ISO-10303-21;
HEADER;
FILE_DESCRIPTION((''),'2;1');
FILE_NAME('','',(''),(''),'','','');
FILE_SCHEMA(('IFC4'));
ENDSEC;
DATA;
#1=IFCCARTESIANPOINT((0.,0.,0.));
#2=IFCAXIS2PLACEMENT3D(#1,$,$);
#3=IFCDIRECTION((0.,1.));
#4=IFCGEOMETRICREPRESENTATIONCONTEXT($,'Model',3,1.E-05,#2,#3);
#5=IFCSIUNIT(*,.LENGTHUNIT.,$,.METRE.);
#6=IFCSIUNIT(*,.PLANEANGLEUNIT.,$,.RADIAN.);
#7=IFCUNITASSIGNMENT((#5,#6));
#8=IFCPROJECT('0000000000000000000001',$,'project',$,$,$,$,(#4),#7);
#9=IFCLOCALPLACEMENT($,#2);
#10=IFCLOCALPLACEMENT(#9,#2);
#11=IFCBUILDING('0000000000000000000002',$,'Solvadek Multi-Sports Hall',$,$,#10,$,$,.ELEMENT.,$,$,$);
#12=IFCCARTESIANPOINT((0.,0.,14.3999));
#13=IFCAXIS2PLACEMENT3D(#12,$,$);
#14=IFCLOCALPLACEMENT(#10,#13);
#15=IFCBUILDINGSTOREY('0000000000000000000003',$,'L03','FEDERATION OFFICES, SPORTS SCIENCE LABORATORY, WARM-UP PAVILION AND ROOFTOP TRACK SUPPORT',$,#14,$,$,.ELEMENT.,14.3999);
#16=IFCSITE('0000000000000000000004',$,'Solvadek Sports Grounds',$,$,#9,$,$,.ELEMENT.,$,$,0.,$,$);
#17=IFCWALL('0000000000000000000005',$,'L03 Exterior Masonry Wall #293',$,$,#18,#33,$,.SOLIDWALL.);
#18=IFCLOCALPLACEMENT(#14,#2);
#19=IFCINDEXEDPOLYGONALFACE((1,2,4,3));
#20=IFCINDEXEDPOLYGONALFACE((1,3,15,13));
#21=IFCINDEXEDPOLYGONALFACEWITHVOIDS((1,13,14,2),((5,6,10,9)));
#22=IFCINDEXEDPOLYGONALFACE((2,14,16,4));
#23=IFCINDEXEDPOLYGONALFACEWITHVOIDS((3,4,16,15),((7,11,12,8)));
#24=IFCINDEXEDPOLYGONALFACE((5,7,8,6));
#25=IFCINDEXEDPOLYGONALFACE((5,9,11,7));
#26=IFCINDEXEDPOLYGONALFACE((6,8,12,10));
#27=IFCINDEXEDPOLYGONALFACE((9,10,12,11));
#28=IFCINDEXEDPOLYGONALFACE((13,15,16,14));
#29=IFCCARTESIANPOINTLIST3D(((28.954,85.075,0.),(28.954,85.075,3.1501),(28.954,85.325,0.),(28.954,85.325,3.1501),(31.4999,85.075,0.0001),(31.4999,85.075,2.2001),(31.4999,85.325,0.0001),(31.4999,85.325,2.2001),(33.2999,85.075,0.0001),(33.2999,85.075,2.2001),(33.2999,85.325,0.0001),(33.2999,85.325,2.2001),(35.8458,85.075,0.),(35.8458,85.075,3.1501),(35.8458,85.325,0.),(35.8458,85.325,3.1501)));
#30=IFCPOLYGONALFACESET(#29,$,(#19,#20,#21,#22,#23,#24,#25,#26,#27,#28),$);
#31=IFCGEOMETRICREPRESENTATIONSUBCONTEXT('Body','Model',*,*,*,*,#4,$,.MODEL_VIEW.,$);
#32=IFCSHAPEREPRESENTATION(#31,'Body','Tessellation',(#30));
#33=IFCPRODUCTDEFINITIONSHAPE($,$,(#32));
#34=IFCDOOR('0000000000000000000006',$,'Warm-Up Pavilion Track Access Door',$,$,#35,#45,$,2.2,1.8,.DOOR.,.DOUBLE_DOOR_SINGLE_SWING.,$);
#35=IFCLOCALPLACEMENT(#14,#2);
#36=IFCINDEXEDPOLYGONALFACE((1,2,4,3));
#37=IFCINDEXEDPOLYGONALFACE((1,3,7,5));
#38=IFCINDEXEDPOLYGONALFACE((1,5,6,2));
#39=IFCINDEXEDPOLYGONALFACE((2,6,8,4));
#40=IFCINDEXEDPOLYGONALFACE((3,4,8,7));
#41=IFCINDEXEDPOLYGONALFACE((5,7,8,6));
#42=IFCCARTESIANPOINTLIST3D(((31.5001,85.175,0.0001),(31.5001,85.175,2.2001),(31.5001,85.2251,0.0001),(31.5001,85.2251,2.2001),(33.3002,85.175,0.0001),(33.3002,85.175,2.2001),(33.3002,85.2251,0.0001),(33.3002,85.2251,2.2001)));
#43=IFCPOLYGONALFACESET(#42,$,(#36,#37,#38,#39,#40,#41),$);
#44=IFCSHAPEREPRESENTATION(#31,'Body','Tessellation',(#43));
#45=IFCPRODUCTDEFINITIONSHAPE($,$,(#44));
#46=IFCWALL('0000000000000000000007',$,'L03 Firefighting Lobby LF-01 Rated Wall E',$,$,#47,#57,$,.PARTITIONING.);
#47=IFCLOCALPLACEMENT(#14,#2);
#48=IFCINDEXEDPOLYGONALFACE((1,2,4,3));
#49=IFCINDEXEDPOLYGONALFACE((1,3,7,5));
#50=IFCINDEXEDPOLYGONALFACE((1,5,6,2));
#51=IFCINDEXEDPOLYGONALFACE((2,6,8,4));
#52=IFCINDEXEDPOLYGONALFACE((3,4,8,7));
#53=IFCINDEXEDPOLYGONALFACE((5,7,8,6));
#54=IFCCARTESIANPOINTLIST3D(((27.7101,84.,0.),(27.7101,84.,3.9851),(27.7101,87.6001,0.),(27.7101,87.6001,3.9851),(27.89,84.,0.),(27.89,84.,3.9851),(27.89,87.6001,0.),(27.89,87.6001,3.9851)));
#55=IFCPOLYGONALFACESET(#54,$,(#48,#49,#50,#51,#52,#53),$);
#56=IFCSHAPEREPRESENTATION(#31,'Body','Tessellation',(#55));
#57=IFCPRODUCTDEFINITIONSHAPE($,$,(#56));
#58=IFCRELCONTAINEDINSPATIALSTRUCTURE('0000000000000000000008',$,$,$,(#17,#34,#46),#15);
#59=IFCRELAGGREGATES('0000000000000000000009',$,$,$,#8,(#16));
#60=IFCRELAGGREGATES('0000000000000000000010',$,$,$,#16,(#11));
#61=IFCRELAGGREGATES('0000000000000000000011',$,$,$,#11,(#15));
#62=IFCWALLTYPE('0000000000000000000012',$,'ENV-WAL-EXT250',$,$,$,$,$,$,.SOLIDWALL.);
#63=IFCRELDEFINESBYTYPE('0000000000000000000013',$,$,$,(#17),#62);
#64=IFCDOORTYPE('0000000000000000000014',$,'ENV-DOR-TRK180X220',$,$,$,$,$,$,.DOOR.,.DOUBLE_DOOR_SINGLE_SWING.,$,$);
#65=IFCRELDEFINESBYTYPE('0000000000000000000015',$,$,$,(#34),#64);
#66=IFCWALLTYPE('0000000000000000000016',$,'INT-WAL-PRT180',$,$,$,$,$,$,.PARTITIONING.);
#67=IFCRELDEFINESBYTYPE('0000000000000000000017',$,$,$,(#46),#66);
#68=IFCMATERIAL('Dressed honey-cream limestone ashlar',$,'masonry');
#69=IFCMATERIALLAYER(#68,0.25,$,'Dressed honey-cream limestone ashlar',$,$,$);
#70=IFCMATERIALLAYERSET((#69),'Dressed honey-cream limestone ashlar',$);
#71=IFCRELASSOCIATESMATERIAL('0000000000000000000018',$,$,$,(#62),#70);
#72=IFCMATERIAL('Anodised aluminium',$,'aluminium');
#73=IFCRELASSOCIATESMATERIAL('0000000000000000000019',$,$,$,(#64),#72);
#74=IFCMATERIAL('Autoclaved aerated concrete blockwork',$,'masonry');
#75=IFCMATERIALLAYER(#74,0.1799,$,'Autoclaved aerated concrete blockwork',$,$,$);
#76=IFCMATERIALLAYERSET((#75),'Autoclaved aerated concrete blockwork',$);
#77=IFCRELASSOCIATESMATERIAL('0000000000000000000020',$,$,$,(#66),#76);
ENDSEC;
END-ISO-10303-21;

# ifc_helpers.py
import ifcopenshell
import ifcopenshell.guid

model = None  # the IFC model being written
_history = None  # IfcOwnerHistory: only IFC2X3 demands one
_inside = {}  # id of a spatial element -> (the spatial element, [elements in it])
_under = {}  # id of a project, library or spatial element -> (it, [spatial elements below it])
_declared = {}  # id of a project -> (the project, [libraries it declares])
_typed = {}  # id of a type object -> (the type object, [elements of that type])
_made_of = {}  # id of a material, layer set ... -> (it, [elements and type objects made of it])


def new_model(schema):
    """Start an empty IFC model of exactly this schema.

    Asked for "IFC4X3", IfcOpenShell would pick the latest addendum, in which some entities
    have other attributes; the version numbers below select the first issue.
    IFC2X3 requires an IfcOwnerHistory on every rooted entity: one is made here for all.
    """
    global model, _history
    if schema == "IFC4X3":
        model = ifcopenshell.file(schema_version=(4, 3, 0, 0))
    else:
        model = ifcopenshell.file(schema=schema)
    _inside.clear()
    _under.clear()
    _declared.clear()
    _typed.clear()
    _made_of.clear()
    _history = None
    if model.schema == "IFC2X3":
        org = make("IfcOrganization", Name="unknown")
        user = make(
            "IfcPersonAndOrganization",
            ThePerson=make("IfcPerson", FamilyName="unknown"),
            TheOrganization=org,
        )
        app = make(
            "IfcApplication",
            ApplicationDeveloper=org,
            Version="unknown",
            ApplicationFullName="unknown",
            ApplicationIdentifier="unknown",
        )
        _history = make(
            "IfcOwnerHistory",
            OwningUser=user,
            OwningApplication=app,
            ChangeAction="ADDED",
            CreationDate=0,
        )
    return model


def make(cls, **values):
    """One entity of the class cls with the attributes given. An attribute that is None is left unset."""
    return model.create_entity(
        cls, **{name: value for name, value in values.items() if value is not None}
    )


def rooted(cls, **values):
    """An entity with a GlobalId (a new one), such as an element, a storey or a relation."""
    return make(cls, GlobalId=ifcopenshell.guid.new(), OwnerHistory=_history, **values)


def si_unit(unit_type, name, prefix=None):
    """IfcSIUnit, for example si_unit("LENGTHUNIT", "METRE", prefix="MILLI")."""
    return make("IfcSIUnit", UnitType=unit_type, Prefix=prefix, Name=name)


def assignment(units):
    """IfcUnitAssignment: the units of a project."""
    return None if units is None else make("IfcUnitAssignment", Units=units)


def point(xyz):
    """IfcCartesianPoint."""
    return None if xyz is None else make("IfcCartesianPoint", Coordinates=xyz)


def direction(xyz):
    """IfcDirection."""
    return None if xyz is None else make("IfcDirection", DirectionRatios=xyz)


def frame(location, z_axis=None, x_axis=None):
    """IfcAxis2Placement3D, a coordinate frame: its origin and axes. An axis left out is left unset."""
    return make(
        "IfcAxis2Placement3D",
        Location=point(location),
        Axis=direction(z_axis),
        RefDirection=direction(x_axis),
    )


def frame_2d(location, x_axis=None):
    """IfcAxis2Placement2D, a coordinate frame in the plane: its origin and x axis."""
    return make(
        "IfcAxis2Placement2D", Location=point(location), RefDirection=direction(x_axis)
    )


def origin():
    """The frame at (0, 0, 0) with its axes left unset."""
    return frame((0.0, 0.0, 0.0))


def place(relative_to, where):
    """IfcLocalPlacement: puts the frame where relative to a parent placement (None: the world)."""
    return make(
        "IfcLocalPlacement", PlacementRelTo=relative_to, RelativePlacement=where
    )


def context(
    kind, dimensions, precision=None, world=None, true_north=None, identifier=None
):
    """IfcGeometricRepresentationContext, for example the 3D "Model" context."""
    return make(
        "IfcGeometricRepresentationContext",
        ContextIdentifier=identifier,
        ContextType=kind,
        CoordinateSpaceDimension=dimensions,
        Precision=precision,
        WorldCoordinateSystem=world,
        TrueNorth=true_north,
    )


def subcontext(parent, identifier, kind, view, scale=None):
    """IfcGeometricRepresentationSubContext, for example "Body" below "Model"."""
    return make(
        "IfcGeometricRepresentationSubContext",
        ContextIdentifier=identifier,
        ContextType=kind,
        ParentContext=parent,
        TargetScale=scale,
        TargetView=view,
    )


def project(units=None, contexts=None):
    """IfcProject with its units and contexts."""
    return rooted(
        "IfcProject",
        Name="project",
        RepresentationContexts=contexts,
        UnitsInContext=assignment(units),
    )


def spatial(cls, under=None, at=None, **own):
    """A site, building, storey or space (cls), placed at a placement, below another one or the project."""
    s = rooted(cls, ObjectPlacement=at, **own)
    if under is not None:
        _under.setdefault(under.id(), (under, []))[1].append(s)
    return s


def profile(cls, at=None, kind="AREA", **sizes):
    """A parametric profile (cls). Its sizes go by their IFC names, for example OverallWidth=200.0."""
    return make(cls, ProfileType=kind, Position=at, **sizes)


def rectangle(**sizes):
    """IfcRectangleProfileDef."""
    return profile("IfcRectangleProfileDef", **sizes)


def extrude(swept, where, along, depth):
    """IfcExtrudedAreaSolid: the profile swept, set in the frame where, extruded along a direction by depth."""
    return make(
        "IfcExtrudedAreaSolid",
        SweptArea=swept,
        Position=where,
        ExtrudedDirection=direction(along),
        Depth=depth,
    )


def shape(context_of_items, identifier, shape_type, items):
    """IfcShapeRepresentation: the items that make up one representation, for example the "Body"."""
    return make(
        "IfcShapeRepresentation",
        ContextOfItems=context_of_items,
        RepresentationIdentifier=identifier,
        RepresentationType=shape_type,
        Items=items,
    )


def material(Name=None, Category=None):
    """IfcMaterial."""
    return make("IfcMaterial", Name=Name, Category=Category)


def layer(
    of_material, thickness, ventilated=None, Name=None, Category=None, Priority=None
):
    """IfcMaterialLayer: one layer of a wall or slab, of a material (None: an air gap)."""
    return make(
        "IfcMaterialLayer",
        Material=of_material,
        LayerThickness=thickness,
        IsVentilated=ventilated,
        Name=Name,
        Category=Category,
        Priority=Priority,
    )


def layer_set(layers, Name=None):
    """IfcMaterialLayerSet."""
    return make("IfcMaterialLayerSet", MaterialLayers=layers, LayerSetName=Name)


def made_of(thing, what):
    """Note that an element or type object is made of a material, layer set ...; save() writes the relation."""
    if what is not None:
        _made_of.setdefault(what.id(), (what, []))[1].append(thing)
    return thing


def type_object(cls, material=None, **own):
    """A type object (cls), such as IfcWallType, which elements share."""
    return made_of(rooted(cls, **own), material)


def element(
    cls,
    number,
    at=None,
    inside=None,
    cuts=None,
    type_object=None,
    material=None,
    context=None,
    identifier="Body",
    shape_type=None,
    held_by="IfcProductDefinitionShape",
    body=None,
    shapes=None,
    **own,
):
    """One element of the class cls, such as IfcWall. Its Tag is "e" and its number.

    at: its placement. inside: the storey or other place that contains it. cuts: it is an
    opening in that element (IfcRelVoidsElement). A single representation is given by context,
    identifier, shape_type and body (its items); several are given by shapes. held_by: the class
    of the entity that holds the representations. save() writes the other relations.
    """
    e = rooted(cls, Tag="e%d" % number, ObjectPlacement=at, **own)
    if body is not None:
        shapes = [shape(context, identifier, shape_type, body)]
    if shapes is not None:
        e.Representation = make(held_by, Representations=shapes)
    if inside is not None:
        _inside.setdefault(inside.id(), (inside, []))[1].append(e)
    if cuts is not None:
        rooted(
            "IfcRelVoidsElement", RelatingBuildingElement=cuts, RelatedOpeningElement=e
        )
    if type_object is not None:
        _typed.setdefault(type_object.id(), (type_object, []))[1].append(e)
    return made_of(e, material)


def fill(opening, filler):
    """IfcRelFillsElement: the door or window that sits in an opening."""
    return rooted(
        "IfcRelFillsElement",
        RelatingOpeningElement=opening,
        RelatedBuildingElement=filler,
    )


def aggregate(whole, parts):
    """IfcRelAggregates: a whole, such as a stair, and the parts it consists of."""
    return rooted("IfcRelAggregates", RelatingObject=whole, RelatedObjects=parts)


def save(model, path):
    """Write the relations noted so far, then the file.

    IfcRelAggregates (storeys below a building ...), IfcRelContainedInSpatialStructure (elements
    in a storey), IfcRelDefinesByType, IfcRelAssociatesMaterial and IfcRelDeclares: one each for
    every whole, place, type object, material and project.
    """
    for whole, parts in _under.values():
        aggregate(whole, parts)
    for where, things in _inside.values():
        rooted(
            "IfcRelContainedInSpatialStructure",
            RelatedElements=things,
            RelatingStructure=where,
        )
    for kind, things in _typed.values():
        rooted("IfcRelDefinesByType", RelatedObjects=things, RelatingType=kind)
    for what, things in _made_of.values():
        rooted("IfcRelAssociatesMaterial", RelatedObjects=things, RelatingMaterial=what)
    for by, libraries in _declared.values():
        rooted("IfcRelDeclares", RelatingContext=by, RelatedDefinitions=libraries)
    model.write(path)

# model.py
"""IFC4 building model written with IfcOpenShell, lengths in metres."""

from ifc_helpers import new_model, si_unit, direction, frame, frame_2d, origin, place, context, subcontext, project, spatial, rectangle, extrude, material, layer, layer_set, type_object, element, fill, save


model = new_model("IFC4")

# Units and contexts
model_context = context("Model", 3, precision=1e-05, world=origin(), true_north=direction((0.0, 1.0)))
body_context = subcontext(model_context, "Body", "Model", "MODEL_VIEW")
ifc_project = project(units=[si_unit("LENGTHUNIT", "METRE"), si_unit("PLANEANGLEUNIT", "RADIAN")], contexts=[model_context])

# Site, building, storey
site_placement = place(None, origin())
site = spatial("IfcSite", under=ifc_project, at=site_placement, Name="Solvadek Sports Grounds", CompositionType="ELEMENT", RefElevation=0.0)
building_placement = place(site_placement, origin())
building = spatial("IfcBuilding", under=site, at=building_placement, Name="Solvadek Multi-Sports Hall", CompositionType="ELEMENT")
storey_placement = place(building_placement, frame((0.0, 0.0, 14.3999)))
storey = spatial("IfcBuildingStorey", under=building, at=storey_placement, Name="L03", Description="FEDERATION OFFICES, SPORTS SCIENCE LABORATORY, WARM-UP PAVILION AND ROOFTOP TRACK SUPPORT", CompositionType="ELEMENT", Elevation=14.3999)

# Shared definitions
ifc_material_1 = material(Name="Anodised aluminium", Category="aluminium")

# Wall, opening, door
ifc_material_2 = material(Name="Dressed honey-cream limestone ashlar", Category="masonry")
ifc_layer_1 = layer(ifc_material_2, 0.25, Name="Dressed honey-cream limestone ashlar")
ifc_layer_set_1 = layer_set([ifc_layer_1], Name="Dressed honey-cream limestone ashlar")
wall_type_1 = type_object("IfcWallType", Name="ENV-WAL-EXT250", PredefinedType="SOLIDWALL", material=ifc_layer_set_1)
wall_1_placement = place(storey_placement, frame((28.9541, 85.2, 0.0), z_axis=(0.0, 0.0, 1.0), x_axis=(1.0, 0.0, 0.0)))
wall_1 = element("IfcWall", 1, at=wall_1_placement, inside=storey, type_object=wall_type_1, Name="L03 Exterior Masonry Wall #293", PredefinedType="SOLIDWALL", context=body_context, shape_type="SweptSolid", body=[
    extrude(rectangle(XDim=6.8918, YDim=0.25, at=frame_2d((3.4458, 0.0))), origin(), (0.0, 0.0, 1.0), 3.1501),
])
opening_placement = place(wall_1_placement, frame((2.5459, 0.0, 0.0)))
opening = element("IfcOpeningElement", 2, at=opening_placement, cuts=wall_1, PredefinedType="OPENING", context=body_context, shape_type="SweptSolid", body=[
    extrude(rectangle(XDim=1.8, YDim=2.2, at=frame_2d((0.8999, 1.1001))), frame((0.0, 0.135, 0.0), z_axis=(0.0, -1.0, 0.0), x_axis=(1.0, 0.0, 0.0)), (0.0, 0.0, 1.0), 0.27),
])
door_type = type_object("IfcDoorType", Name="ENV-DOR-TRK180X220", OperationType="DOUBLE_DOOR_SINGLE_SWING", PredefinedType="DOOR", material=ifc_material_1)
door_placement = place(opening_placement, frame((1.8, 0.0, 0.0), z_axis=(0.0, 0.0, 1.0), x_axis=(-1.0, 0.0, 0.0)))
door = element("IfcDoor", 3, at=door_placement, inside=storey, type_object=door_type, Name="Warm-Up Pavilion Track Access Door", OperationType="DOUBLE_DOOR_SINGLE_SWING", OverallHeight=2.2, OverallWidth=1.8, PredefinedType="DOOR", context=body_context, shape_type="SweptSolid", body=[
    extrude(rectangle(XDim=1.8, YDim=2.2, at=frame_2d((0.8999, 1.1001))), frame((0.0, 0.0249, 0.0), z_axis=(0.0, -1.0, 0.0), x_axis=(1.0, 0.0, 0.0)), (0.0, 0.0, 1.0), 0.05),
])
fill(opening, door)

# Wall
ifc_material_3 = material(Name="Autoclaved aerated concrete blockwork", Category="masonry")
ifc_layer_2 = layer(ifc_material_3, 0.1799, Name="Autoclaved aerated concrete blockwork")
ifc_layer_set_2 = layer_set([ifc_layer_2], Name="Autoclaved aerated concrete blockwork")
wall_type_2 = type_object("IfcWallType", Name="INT-WAL-PRT180", PredefinedType="PARTITIONING", material=ifc_layer_set_2)
wall_2_placement = place(storey_placement, frame((27.8, 84.0, 0.0), z_axis=(0.0, 0.0, 1.0), x_axis=(0.0, 1.0, 0.0)))
element("IfcWall", 4, at=wall_2_placement, inside=storey, type_object=wall_type_2, Name="L03 Firefighting Lobby LF-01 Rated Wall E", PredefinedType="PARTITIONING", context=body_context, shape_type="SweptSolid", body=[
    extrude(rectangle(XDim=3.6001, YDim=0.1799, at=frame_2d((1.8, 0.0))), origin(), (0.0, 0.0, 1.0), 3.9851),
])

save(model, "model.ifc")
